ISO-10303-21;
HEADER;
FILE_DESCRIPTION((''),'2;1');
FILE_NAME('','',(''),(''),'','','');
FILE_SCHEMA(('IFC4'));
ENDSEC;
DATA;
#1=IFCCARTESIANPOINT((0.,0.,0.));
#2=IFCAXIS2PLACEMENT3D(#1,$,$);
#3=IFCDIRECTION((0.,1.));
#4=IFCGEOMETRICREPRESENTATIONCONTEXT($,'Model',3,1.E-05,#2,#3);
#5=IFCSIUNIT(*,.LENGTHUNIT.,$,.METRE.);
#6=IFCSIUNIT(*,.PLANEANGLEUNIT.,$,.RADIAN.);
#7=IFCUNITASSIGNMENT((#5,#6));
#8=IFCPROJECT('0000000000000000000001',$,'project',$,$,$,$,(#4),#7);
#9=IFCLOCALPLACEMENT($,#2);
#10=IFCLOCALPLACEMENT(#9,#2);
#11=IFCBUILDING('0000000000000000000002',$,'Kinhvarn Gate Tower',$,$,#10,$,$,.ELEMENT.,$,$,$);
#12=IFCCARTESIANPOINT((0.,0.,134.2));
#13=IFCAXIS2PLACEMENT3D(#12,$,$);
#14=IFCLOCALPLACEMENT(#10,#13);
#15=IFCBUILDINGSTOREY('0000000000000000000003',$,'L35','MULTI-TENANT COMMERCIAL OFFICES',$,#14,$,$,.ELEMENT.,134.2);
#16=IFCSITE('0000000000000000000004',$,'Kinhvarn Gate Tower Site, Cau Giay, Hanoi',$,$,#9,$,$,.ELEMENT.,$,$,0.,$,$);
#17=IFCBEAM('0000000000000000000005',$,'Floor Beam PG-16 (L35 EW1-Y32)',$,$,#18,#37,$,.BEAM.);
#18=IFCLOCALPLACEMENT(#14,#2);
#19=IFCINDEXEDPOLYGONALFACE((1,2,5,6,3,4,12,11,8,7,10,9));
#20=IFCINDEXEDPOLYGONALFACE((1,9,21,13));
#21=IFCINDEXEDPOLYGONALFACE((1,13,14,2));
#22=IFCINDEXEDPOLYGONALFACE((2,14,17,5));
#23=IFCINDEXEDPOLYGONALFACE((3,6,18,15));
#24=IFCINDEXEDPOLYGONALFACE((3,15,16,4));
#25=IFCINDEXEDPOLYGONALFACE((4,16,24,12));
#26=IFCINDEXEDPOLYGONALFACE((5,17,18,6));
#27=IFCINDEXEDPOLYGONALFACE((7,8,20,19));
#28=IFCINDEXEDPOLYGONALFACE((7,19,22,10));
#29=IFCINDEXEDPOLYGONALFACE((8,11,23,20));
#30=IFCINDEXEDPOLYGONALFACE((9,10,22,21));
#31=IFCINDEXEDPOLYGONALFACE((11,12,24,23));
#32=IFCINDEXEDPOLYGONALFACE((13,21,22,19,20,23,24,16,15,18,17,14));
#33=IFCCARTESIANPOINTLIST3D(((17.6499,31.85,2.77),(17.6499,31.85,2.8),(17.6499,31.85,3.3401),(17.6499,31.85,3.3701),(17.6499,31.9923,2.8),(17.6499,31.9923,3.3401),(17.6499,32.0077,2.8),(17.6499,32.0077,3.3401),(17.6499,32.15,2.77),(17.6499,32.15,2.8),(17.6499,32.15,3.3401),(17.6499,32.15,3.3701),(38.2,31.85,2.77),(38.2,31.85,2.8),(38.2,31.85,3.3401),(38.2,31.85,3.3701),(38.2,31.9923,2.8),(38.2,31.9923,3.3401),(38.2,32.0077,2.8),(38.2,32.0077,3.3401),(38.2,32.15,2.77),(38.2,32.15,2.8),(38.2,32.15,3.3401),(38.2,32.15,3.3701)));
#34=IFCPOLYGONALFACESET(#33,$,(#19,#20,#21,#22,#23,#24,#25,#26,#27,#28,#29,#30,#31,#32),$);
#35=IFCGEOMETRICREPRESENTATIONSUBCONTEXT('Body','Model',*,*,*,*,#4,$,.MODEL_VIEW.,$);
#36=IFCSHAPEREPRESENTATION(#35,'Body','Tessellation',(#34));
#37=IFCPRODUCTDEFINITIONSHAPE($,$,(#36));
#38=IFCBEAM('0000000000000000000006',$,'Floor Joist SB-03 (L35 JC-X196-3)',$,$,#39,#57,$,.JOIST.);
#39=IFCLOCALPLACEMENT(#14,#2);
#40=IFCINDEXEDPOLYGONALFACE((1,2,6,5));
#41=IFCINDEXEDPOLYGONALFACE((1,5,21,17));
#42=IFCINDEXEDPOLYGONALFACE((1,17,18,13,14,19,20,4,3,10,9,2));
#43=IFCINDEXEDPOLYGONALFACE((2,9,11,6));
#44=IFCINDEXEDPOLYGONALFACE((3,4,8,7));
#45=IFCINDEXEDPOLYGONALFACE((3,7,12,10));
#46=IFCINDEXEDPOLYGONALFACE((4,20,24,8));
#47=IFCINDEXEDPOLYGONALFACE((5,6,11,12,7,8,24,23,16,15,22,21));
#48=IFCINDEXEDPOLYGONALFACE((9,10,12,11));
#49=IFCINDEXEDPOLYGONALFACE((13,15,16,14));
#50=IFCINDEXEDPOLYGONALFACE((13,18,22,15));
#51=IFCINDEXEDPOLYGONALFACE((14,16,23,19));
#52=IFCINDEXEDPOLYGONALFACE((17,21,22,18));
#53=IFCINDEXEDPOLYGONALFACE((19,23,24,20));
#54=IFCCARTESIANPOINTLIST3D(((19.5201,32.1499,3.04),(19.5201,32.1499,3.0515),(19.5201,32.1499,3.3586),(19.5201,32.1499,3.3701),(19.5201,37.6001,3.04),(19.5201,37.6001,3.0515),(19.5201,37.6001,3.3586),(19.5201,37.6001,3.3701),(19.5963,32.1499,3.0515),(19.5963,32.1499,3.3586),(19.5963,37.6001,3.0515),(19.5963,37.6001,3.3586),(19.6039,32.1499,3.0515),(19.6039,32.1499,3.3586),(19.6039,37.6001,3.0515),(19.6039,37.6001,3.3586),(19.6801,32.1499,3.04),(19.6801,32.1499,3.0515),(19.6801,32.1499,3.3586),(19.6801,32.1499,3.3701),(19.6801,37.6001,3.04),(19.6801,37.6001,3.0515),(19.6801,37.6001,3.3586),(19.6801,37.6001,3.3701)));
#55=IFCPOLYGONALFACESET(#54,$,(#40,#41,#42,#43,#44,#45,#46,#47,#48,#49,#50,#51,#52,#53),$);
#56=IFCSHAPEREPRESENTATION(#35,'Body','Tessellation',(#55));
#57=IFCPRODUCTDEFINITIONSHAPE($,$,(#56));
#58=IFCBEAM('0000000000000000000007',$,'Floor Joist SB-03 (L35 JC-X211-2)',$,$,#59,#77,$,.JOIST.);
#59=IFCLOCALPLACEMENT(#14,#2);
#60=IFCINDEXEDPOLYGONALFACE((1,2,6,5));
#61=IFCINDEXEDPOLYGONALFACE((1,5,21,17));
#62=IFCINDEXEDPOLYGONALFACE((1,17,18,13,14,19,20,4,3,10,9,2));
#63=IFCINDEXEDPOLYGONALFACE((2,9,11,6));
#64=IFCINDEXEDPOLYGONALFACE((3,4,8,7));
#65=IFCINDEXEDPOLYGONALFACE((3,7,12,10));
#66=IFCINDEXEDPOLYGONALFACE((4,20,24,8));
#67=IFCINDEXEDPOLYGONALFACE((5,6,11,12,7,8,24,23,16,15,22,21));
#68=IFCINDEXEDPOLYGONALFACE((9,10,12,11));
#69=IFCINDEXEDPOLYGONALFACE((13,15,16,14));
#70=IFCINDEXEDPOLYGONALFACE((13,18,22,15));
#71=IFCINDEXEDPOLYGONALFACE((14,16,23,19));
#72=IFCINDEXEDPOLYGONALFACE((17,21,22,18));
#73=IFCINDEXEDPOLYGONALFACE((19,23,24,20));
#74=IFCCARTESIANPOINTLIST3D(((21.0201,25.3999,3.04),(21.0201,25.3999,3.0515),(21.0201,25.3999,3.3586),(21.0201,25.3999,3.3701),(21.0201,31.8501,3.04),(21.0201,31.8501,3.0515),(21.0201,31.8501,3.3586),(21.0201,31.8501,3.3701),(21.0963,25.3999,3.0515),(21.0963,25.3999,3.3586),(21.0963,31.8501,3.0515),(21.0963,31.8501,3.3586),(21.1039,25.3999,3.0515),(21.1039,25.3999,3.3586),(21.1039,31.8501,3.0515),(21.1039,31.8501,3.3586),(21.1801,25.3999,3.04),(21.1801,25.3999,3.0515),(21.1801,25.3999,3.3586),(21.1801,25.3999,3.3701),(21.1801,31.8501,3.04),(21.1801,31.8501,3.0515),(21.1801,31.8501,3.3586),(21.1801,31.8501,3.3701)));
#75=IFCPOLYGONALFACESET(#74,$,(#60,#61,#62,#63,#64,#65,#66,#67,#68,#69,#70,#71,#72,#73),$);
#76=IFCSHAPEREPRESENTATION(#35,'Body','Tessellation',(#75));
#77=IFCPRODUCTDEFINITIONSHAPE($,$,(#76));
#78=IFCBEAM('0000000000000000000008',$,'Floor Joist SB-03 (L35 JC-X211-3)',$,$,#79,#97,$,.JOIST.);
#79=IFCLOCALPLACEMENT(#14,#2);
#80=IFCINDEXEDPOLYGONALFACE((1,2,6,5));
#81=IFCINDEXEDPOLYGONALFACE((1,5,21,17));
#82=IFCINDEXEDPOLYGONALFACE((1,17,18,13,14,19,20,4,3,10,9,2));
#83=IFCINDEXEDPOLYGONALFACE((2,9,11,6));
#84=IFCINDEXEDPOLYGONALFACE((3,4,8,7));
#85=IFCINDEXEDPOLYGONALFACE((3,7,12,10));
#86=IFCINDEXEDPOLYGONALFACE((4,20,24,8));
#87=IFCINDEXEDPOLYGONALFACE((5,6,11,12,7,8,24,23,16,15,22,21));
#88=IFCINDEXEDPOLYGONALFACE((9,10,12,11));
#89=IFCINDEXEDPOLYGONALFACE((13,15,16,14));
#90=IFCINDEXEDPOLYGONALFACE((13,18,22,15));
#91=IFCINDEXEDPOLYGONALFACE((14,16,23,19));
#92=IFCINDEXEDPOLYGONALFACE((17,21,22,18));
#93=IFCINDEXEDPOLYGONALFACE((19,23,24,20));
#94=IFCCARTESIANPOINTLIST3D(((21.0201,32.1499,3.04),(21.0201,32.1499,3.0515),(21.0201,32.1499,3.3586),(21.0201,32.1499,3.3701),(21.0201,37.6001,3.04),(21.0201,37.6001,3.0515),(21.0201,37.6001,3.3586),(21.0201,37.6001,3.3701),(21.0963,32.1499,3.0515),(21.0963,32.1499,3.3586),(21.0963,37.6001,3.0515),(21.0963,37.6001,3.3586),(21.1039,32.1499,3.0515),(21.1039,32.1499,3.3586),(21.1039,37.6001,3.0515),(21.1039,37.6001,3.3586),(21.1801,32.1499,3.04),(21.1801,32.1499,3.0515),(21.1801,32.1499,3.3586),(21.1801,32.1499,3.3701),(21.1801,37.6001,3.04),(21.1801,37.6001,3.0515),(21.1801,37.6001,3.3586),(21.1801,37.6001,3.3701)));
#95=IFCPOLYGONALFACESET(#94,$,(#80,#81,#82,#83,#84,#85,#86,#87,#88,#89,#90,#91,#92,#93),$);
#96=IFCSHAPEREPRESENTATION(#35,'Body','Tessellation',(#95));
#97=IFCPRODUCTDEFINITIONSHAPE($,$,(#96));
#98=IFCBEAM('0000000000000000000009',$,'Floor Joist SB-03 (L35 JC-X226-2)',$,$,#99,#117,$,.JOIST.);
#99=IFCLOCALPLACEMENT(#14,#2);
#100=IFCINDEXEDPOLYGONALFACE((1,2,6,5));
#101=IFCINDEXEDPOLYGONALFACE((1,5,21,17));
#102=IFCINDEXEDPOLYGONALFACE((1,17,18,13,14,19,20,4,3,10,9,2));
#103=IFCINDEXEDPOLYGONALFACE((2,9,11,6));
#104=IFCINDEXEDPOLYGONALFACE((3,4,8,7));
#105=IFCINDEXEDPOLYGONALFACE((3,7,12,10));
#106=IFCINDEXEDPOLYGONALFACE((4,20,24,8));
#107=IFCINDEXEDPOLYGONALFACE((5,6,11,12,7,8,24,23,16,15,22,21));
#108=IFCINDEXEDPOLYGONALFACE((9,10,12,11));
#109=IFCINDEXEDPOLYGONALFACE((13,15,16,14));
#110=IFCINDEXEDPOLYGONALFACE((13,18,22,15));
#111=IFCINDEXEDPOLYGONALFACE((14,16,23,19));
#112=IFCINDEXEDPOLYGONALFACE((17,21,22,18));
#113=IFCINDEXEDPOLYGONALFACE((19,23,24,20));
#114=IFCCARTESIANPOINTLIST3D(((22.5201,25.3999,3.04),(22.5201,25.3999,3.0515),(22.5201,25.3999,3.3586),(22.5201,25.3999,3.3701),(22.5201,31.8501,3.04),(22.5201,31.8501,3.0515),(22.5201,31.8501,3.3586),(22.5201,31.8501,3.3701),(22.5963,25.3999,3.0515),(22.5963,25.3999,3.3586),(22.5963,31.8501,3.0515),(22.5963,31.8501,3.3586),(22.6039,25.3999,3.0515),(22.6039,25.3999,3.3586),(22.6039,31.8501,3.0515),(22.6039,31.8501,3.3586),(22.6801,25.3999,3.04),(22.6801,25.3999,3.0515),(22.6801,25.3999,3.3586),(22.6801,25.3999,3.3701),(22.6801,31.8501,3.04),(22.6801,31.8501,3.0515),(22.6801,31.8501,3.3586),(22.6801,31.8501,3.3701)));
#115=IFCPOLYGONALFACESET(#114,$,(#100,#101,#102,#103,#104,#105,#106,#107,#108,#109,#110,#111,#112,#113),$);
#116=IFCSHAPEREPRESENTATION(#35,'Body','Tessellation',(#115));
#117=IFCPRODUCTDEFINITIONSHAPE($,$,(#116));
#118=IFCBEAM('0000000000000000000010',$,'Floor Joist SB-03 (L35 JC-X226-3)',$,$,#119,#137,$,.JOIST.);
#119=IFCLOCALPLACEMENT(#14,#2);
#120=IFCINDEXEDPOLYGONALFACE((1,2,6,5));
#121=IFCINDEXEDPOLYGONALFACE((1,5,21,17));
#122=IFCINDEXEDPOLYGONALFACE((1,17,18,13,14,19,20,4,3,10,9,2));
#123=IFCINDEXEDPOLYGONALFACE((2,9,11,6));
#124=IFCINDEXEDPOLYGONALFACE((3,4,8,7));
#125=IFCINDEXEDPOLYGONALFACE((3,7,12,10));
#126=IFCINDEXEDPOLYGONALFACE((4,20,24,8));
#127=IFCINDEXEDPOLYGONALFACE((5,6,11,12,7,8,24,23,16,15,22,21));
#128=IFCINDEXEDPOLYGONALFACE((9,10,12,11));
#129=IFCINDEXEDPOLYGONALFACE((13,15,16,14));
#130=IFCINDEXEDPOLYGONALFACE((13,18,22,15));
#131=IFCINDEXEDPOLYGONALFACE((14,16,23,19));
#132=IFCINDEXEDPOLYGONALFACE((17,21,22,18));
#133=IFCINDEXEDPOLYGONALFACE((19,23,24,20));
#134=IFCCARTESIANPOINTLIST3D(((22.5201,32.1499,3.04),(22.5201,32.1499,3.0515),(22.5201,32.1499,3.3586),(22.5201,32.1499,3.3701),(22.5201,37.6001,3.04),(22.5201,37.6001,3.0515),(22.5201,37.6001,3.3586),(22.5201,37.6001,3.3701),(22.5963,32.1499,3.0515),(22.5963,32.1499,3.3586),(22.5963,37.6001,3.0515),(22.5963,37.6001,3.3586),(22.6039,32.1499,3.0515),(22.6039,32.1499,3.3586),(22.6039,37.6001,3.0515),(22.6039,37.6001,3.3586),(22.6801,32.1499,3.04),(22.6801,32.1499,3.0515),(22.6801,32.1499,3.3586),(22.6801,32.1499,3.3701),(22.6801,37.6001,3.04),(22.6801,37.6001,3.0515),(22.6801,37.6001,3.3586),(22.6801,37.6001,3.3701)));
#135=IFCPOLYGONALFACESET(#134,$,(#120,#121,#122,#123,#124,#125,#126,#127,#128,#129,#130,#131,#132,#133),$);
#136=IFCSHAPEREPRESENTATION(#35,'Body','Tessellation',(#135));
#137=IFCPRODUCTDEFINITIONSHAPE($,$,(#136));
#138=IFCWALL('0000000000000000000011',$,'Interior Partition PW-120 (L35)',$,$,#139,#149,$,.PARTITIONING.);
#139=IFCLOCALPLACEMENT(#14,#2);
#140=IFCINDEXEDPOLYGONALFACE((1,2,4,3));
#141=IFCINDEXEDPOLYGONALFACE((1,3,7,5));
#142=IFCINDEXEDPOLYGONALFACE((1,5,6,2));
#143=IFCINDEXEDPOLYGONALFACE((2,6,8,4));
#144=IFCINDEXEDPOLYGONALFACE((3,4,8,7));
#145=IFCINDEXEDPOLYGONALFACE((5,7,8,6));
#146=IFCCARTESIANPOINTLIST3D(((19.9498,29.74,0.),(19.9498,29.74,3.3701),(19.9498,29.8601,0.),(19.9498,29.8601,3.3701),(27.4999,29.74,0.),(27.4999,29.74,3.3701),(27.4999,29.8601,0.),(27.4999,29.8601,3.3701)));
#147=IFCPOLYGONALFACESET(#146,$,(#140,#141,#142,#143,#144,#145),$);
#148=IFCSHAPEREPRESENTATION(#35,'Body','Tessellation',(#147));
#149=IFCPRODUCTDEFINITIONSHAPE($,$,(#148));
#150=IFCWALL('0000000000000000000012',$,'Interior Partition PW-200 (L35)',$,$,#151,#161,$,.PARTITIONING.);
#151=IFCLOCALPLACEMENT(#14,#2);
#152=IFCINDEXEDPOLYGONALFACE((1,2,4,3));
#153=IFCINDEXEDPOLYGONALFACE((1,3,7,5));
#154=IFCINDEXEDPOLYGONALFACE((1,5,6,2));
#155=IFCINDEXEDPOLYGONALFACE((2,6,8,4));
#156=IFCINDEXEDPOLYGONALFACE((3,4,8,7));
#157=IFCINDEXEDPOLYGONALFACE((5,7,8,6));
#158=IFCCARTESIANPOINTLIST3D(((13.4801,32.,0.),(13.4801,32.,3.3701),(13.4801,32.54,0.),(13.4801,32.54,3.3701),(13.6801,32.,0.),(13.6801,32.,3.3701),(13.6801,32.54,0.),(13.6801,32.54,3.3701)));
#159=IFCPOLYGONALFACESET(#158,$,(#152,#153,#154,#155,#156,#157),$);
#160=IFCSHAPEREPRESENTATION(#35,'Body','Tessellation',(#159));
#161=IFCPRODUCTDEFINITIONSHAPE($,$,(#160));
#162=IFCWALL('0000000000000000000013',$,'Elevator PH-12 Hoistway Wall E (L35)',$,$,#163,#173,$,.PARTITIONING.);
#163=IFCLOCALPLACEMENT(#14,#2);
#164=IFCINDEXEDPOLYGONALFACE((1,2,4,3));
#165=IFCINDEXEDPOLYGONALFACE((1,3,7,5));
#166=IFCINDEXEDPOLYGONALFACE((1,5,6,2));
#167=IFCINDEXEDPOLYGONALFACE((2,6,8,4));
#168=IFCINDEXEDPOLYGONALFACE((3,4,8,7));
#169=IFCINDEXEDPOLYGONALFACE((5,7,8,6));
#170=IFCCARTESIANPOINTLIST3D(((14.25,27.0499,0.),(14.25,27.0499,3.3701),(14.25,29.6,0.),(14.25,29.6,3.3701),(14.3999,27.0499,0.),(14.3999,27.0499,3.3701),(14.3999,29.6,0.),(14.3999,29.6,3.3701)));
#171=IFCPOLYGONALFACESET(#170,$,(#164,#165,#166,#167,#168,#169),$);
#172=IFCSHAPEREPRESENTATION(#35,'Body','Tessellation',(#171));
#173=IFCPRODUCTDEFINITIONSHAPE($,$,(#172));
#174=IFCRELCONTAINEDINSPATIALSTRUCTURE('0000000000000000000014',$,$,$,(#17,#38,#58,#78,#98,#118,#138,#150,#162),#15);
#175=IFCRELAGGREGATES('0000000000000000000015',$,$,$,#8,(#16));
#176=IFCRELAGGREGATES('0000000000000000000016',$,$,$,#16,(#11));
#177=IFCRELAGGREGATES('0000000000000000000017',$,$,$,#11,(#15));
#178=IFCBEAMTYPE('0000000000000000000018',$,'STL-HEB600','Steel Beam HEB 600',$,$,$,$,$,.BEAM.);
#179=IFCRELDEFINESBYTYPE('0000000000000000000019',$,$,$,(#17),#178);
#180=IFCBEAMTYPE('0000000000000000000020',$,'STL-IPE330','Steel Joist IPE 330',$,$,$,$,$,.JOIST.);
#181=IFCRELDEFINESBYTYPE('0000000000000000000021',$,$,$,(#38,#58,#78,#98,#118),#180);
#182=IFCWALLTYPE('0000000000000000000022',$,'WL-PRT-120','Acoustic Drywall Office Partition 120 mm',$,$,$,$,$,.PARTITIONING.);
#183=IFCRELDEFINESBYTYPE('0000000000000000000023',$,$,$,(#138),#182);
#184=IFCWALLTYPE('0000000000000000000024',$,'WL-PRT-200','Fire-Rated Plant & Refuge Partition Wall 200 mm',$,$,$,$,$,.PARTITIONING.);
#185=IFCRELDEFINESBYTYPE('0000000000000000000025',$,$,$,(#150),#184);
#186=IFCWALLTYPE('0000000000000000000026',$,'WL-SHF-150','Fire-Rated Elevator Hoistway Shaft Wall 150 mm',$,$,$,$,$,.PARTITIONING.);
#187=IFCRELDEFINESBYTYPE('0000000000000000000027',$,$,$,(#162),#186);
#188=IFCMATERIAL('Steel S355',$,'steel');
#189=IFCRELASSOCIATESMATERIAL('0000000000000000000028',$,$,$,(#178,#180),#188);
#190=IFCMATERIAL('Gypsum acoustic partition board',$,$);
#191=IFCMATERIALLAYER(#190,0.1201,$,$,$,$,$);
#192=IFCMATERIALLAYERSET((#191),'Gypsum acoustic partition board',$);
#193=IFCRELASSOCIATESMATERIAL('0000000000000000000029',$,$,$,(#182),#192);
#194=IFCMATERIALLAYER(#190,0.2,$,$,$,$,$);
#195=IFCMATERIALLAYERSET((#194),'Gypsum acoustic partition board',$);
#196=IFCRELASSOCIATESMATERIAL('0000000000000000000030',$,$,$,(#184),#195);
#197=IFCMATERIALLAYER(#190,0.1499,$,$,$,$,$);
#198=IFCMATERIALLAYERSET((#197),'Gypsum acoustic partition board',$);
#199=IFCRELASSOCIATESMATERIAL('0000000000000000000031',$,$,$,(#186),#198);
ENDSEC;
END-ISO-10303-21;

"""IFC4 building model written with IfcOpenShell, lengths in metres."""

from ifc_helpers import new_model, si_unit, direction, frame, frame_2d, origin, origin_2d, place, context, subcontext, project, spatial, rectangle, i_section, extrude, material, layer, layer_set, material_profile, profile_set, type_object, element, save


model = new_model("IFC4")

# Units and contexts
model_context = context("Model", 3, precision=1e-05, world=origin(), true_north=direction((0.0, 1.0)))
body_context = subcontext(model_context, "Body", "Model", "MODEL_VIEW")
ifc_project = project(units=[si_unit("LENGTHUNIT", "METRE"), si_unit("PLANEANGLEUNIT", "RADIAN")], contexts=[model_context])

# Site, building, storey
site_placement = place(None, origin())
site = spatial("IfcSite", under=ifc_project, at=site_placement, Name="Kinhvarn Gate Tower Site, Cau Giay, Hanoi", CompositionType="ELEMENT", RefElevation=0.0)
building_placement = place(site_placement, origin())
building = spatial("IfcBuilding", under=site, at=building_placement, Name="Kinhvarn Gate Tower", CompositionType="ELEMENT")
storey_placement = place(building_placement, frame((0.0, 0.0, 134.2)))
storey = spatial("IfcBuildingStorey", under=building, at=storey_placement, Name="L35", Description="MULTI-TENANT COMMERCIAL OFFICES", CompositionType="ELEMENT", Elevation=134.2)

# Beams
ifc_material_1 = material(Name="Steel S355", Category="steel")
ifc_material_profile_1 = material_profile(ifc_material_1, i_section(OverallWidth=0.3, OverallDepth=0.6001, WebThickness=0.0154, FlangeThickness=0.03, at=origin_2d()), Name="HEB 600")
ifc_profile_set_1 = profile_set([ifc_material_profile_1], Name="Steel S355")
beam_type_1 = type_object("IfcBeamType", Name="STL-HEB600", Description="Steel Beam HEB 600", PredefinedType="BEAM", material=ifc_profile_set_1)
beam_1_placement = place(storey_placement, frame((17.6499, 32.0, 3.0701), z_axis=(1.0, 0.0, 0.0), x_axis=(0.0, 1.0, 0.0)))
element("IfcBeam", 1, at=beam_1_placement, inside=storey, type_object=beam_type_1, Name="Floor Beam PG-16 (L35 EW1-Y32)", PredefinedType="BEAM", context=body_context, shape_type="SweptSolid", body=[
    extrude(i_section(OverallWidth=0.3, OverallDepth=0.6001, WebThickness=0.0154, FlangeThickness=0.03, at=origin_2d()), origin(), (0.0, 0.0, 1.0), 20.55),
])
ifc_material_profile_2 = material_profile(ifc_material_1, i_section(OverallWidth=0.1599, OverallDepth=0.3301, WebThickness=0.0076, FlangeThickness=0.0115, at=origin_2d()), Name="IPE 330")
ifc_profile_set_2 = profile_set([ifc_material_profile_2], Name="Steel S355")
beam_type_2 = type_object("IfcBeamType", Name="STL-IPE330", Description="Steel Joist IPE 330", PredefinedType="JOIST", material=ifc_profile_set_2)
beam_2_placement = place(storey_placement, frame((19.6001, 32.1499, 3.2051), z_axis=(0.0, 1.0, 0.0), x_axis=(-1.0, 0.0, 0.0)))
element("IfcBeam", 2, at=beam_2_placement, inside=storey, type_object=beam_type_2, Name="Floor Joist SB-03 (L35 JC-X196-3)", PredefinedType="JOIST", context=body_context, shape_type="SweptSolid", body=[
    extrude(i_section(OverallWidth=0.1599, OverallDepth=0.3301, WebThickness=0.0076, FlangeThickness=0.0115, at=origin_2d()), origin(), (0.0, 0.0, 1.0), 5.4502),
])
beam_3_placement = place(storey_placement, frame((21.1001, 25.3999, 3.2051), z_axis=(0.0, 1.0, 0.0), x_axis=(-1.0, 0.0, 0.0)))
element("IfcBeam", 3, at=beam_3_placement, inside=storey, type_object=beam_type_2, Name="Floor Joist SB-03 (L35 JC-X211-2)", PredefinedType="JOIST", context=body_context, shape_type="SweptSolid", body=[
    extrude(i_section(OverallWidth=0.1599, OverallDepth=0.3301, WebThickness=0.0076, FlangeThickness=0.0115, at=origin_2d()), origin(), (0.0, 0.0, 1.0), 6.4502),
])
beam_4_placement = place(storey_placement, frame((21.1001, 32.1499, 3.2051), z_axis=(0.0, 1.0, 0.0), x_axis=(-1.0, 0.0, 0.0)))
element("IfcBeam", 4, at=beam_4_placement, inside=storey, type_object=beam_type_2, Name="Floor Joist SB-03 (L35 JC-X211-3)", PredefinedType="JOIST", context=body_context, shape_type="SweptSolid", body=[
    extrude(i_section(OverallWidth=0.1599, OverallDepth=0.3301, WebThickness=0.0076, FlangeThickness=0.0115, at=origin_2d()), origin(), (0.0, 0.0, 1.0), 5.4502),
])
beam_5_placement = place(storey_placement, frame((22.6001, 25.3999, 3.2051), z_axis=(0.0, 1.0, 0.0), x_axis=(-1.0, 0.0, 0.0)))
element("IfcBeam", 5, at=beam_5_placement, inside=storey, type_object=beam_type_2, Name="Floor Joist SB-03 (L35 JC-X226-2)", PredefinedType="JOIST", context=body_context, shape_type="SweptSolid", body=[
    extrude(i_section(OverallWidth=0.1599, OverallDepth=0.3301, WebThickness=0.0076, FlangeThickness=0.0115, at=origin_2d()), origin(), (0.0, 0.0, 1.0), 6.4502),
])
beam_6_placement = place(storey_placement, frame((22.6001, 32.1499, 3.2051), z_axis=(0.0, 1.0, 0.0), x_axis=(-1.0, 0.0, 0.0)))
element("IfcBeam", 6, at=beam_6_placement, inside=storey, type_object=beam_type_2, Name="Floor Joist SB-03 (L35 JC-X226-3)", PredefinedType="JOIST", context=body_context, shape_type="SweptSolid", body=[
    extrude(i_section(OverallWidth=0.1599, OverallDepth=0.3301, WebThickness=0.0076, FlangeThickness=0.0115, at=origin_2d()), origin(), (0.0, 0.0, 1.0), 5.4502),
])

# Wall
ifc_material_2 = material(Name="Gypsum acoustic partition board")
ifc_layer_1 = layer(ifc_material_2, 0.1201)
ifc_layer_set_1 = layer_set([ifc_layer_1], Name="Gypsum acoustic partition board")
wall_type_1 = type_object("IfcWallType", Name="WL-PRT-120", Description="Acoustic Drywall Office Partition 120 mm", PredefinedType="PARTITIONING", material=ifc_layer_set_1)
wall_1_placement = place(storey_placement, frame((19.95, 29.8, 0.0), z_axis=(0.0, 0.0, 1.0), x_axis=(1.0, 0.0, 0.0)))
element("IfcWall", 7, at=wall_1_placement, inside=storey, type_object=wall_type_1, Name="Interior Partition PW-120 (L35)", PredefinedType="PARTITIONING", context=body_context, shape_type="SweptSolid", body=[
    extrude(rectangle(XDim=7.55, YDim=0.1201, at=frame_2d((3.7749, 0.0))), origin(), (0.0, 0.0, 1.0), 3.3701),
])

# Walls
ifc_layer_2 = layer(ifc_material_2, 0.2)
ifc_layer_set_2 = layer_set([ifc_layer_2], Name="Gypsum acoustic partition board")
wall_type_2 = type_object("IfcWallType", Name="WL-PRT-200", Description="Fire-Rated Plant & Refuge Partition Wall 200 mm", PredefinedType="PARTITIONING", material=ifc_layer_set_2)
wall_2_placement = place(storey_placement, frame((13.5801, 32.0, 0.0), z_axis=(0.0, 0.0, 1.0), x_axis=(0.0, 1.0, 0.0)))
element("IfcWall", 8, at=wall_2_placement, inside=storey, type_object=wall_type_2, Name="Interior Partition PW-200 (L35)", PredefinedType="PARTITIONING", context=body_context, shape_type="SweptSolid", body=[
    extrude(rectangle(XDim=0.54, YDim=0.2, at=frame_2d((0.27, 0.0))), origin(), (0.0, 0.0, 1.0), 3.3701),
])
ifc_layer_3 = layer(ifc_material_2, 0.1499)
ifc_layer_set_3 = layer_set([ifc_layer_3], Name="Gypsum acoustic partition board")
wall_type_3 = type_object("IfcWallType", Name="WL-SHF-150", Description="Fire-Rated Elevator Hoistway Shaft Wall 150 mm", PredefinedType="PARTITIONING", material=ifc_layer_set_3)
wall_3_placement = place(storey_placement, frame((14.325, 27.05, 0.0), z_axis=(0.0, 0.0, 1.0), x_axis=(0.0, 1.0, 0.0)))
element("IfcWall", 9, at=wall_3_placement, inside=storey, type_object=wall_type_3, Name="Elevator PH-12 Hoistway Wall E (L35)", PredefinedType="PARTITIONING", context=body_context, shape_type="SweptSolid", body=[
    extrude(rectangle(XDim=2.55, YDim=0.1499, at=frame_2d((1.2749, 0.0))), origin(), (0.0, 0.0, 1.0), 3.3701),
])

save(model, "model.ifc")
